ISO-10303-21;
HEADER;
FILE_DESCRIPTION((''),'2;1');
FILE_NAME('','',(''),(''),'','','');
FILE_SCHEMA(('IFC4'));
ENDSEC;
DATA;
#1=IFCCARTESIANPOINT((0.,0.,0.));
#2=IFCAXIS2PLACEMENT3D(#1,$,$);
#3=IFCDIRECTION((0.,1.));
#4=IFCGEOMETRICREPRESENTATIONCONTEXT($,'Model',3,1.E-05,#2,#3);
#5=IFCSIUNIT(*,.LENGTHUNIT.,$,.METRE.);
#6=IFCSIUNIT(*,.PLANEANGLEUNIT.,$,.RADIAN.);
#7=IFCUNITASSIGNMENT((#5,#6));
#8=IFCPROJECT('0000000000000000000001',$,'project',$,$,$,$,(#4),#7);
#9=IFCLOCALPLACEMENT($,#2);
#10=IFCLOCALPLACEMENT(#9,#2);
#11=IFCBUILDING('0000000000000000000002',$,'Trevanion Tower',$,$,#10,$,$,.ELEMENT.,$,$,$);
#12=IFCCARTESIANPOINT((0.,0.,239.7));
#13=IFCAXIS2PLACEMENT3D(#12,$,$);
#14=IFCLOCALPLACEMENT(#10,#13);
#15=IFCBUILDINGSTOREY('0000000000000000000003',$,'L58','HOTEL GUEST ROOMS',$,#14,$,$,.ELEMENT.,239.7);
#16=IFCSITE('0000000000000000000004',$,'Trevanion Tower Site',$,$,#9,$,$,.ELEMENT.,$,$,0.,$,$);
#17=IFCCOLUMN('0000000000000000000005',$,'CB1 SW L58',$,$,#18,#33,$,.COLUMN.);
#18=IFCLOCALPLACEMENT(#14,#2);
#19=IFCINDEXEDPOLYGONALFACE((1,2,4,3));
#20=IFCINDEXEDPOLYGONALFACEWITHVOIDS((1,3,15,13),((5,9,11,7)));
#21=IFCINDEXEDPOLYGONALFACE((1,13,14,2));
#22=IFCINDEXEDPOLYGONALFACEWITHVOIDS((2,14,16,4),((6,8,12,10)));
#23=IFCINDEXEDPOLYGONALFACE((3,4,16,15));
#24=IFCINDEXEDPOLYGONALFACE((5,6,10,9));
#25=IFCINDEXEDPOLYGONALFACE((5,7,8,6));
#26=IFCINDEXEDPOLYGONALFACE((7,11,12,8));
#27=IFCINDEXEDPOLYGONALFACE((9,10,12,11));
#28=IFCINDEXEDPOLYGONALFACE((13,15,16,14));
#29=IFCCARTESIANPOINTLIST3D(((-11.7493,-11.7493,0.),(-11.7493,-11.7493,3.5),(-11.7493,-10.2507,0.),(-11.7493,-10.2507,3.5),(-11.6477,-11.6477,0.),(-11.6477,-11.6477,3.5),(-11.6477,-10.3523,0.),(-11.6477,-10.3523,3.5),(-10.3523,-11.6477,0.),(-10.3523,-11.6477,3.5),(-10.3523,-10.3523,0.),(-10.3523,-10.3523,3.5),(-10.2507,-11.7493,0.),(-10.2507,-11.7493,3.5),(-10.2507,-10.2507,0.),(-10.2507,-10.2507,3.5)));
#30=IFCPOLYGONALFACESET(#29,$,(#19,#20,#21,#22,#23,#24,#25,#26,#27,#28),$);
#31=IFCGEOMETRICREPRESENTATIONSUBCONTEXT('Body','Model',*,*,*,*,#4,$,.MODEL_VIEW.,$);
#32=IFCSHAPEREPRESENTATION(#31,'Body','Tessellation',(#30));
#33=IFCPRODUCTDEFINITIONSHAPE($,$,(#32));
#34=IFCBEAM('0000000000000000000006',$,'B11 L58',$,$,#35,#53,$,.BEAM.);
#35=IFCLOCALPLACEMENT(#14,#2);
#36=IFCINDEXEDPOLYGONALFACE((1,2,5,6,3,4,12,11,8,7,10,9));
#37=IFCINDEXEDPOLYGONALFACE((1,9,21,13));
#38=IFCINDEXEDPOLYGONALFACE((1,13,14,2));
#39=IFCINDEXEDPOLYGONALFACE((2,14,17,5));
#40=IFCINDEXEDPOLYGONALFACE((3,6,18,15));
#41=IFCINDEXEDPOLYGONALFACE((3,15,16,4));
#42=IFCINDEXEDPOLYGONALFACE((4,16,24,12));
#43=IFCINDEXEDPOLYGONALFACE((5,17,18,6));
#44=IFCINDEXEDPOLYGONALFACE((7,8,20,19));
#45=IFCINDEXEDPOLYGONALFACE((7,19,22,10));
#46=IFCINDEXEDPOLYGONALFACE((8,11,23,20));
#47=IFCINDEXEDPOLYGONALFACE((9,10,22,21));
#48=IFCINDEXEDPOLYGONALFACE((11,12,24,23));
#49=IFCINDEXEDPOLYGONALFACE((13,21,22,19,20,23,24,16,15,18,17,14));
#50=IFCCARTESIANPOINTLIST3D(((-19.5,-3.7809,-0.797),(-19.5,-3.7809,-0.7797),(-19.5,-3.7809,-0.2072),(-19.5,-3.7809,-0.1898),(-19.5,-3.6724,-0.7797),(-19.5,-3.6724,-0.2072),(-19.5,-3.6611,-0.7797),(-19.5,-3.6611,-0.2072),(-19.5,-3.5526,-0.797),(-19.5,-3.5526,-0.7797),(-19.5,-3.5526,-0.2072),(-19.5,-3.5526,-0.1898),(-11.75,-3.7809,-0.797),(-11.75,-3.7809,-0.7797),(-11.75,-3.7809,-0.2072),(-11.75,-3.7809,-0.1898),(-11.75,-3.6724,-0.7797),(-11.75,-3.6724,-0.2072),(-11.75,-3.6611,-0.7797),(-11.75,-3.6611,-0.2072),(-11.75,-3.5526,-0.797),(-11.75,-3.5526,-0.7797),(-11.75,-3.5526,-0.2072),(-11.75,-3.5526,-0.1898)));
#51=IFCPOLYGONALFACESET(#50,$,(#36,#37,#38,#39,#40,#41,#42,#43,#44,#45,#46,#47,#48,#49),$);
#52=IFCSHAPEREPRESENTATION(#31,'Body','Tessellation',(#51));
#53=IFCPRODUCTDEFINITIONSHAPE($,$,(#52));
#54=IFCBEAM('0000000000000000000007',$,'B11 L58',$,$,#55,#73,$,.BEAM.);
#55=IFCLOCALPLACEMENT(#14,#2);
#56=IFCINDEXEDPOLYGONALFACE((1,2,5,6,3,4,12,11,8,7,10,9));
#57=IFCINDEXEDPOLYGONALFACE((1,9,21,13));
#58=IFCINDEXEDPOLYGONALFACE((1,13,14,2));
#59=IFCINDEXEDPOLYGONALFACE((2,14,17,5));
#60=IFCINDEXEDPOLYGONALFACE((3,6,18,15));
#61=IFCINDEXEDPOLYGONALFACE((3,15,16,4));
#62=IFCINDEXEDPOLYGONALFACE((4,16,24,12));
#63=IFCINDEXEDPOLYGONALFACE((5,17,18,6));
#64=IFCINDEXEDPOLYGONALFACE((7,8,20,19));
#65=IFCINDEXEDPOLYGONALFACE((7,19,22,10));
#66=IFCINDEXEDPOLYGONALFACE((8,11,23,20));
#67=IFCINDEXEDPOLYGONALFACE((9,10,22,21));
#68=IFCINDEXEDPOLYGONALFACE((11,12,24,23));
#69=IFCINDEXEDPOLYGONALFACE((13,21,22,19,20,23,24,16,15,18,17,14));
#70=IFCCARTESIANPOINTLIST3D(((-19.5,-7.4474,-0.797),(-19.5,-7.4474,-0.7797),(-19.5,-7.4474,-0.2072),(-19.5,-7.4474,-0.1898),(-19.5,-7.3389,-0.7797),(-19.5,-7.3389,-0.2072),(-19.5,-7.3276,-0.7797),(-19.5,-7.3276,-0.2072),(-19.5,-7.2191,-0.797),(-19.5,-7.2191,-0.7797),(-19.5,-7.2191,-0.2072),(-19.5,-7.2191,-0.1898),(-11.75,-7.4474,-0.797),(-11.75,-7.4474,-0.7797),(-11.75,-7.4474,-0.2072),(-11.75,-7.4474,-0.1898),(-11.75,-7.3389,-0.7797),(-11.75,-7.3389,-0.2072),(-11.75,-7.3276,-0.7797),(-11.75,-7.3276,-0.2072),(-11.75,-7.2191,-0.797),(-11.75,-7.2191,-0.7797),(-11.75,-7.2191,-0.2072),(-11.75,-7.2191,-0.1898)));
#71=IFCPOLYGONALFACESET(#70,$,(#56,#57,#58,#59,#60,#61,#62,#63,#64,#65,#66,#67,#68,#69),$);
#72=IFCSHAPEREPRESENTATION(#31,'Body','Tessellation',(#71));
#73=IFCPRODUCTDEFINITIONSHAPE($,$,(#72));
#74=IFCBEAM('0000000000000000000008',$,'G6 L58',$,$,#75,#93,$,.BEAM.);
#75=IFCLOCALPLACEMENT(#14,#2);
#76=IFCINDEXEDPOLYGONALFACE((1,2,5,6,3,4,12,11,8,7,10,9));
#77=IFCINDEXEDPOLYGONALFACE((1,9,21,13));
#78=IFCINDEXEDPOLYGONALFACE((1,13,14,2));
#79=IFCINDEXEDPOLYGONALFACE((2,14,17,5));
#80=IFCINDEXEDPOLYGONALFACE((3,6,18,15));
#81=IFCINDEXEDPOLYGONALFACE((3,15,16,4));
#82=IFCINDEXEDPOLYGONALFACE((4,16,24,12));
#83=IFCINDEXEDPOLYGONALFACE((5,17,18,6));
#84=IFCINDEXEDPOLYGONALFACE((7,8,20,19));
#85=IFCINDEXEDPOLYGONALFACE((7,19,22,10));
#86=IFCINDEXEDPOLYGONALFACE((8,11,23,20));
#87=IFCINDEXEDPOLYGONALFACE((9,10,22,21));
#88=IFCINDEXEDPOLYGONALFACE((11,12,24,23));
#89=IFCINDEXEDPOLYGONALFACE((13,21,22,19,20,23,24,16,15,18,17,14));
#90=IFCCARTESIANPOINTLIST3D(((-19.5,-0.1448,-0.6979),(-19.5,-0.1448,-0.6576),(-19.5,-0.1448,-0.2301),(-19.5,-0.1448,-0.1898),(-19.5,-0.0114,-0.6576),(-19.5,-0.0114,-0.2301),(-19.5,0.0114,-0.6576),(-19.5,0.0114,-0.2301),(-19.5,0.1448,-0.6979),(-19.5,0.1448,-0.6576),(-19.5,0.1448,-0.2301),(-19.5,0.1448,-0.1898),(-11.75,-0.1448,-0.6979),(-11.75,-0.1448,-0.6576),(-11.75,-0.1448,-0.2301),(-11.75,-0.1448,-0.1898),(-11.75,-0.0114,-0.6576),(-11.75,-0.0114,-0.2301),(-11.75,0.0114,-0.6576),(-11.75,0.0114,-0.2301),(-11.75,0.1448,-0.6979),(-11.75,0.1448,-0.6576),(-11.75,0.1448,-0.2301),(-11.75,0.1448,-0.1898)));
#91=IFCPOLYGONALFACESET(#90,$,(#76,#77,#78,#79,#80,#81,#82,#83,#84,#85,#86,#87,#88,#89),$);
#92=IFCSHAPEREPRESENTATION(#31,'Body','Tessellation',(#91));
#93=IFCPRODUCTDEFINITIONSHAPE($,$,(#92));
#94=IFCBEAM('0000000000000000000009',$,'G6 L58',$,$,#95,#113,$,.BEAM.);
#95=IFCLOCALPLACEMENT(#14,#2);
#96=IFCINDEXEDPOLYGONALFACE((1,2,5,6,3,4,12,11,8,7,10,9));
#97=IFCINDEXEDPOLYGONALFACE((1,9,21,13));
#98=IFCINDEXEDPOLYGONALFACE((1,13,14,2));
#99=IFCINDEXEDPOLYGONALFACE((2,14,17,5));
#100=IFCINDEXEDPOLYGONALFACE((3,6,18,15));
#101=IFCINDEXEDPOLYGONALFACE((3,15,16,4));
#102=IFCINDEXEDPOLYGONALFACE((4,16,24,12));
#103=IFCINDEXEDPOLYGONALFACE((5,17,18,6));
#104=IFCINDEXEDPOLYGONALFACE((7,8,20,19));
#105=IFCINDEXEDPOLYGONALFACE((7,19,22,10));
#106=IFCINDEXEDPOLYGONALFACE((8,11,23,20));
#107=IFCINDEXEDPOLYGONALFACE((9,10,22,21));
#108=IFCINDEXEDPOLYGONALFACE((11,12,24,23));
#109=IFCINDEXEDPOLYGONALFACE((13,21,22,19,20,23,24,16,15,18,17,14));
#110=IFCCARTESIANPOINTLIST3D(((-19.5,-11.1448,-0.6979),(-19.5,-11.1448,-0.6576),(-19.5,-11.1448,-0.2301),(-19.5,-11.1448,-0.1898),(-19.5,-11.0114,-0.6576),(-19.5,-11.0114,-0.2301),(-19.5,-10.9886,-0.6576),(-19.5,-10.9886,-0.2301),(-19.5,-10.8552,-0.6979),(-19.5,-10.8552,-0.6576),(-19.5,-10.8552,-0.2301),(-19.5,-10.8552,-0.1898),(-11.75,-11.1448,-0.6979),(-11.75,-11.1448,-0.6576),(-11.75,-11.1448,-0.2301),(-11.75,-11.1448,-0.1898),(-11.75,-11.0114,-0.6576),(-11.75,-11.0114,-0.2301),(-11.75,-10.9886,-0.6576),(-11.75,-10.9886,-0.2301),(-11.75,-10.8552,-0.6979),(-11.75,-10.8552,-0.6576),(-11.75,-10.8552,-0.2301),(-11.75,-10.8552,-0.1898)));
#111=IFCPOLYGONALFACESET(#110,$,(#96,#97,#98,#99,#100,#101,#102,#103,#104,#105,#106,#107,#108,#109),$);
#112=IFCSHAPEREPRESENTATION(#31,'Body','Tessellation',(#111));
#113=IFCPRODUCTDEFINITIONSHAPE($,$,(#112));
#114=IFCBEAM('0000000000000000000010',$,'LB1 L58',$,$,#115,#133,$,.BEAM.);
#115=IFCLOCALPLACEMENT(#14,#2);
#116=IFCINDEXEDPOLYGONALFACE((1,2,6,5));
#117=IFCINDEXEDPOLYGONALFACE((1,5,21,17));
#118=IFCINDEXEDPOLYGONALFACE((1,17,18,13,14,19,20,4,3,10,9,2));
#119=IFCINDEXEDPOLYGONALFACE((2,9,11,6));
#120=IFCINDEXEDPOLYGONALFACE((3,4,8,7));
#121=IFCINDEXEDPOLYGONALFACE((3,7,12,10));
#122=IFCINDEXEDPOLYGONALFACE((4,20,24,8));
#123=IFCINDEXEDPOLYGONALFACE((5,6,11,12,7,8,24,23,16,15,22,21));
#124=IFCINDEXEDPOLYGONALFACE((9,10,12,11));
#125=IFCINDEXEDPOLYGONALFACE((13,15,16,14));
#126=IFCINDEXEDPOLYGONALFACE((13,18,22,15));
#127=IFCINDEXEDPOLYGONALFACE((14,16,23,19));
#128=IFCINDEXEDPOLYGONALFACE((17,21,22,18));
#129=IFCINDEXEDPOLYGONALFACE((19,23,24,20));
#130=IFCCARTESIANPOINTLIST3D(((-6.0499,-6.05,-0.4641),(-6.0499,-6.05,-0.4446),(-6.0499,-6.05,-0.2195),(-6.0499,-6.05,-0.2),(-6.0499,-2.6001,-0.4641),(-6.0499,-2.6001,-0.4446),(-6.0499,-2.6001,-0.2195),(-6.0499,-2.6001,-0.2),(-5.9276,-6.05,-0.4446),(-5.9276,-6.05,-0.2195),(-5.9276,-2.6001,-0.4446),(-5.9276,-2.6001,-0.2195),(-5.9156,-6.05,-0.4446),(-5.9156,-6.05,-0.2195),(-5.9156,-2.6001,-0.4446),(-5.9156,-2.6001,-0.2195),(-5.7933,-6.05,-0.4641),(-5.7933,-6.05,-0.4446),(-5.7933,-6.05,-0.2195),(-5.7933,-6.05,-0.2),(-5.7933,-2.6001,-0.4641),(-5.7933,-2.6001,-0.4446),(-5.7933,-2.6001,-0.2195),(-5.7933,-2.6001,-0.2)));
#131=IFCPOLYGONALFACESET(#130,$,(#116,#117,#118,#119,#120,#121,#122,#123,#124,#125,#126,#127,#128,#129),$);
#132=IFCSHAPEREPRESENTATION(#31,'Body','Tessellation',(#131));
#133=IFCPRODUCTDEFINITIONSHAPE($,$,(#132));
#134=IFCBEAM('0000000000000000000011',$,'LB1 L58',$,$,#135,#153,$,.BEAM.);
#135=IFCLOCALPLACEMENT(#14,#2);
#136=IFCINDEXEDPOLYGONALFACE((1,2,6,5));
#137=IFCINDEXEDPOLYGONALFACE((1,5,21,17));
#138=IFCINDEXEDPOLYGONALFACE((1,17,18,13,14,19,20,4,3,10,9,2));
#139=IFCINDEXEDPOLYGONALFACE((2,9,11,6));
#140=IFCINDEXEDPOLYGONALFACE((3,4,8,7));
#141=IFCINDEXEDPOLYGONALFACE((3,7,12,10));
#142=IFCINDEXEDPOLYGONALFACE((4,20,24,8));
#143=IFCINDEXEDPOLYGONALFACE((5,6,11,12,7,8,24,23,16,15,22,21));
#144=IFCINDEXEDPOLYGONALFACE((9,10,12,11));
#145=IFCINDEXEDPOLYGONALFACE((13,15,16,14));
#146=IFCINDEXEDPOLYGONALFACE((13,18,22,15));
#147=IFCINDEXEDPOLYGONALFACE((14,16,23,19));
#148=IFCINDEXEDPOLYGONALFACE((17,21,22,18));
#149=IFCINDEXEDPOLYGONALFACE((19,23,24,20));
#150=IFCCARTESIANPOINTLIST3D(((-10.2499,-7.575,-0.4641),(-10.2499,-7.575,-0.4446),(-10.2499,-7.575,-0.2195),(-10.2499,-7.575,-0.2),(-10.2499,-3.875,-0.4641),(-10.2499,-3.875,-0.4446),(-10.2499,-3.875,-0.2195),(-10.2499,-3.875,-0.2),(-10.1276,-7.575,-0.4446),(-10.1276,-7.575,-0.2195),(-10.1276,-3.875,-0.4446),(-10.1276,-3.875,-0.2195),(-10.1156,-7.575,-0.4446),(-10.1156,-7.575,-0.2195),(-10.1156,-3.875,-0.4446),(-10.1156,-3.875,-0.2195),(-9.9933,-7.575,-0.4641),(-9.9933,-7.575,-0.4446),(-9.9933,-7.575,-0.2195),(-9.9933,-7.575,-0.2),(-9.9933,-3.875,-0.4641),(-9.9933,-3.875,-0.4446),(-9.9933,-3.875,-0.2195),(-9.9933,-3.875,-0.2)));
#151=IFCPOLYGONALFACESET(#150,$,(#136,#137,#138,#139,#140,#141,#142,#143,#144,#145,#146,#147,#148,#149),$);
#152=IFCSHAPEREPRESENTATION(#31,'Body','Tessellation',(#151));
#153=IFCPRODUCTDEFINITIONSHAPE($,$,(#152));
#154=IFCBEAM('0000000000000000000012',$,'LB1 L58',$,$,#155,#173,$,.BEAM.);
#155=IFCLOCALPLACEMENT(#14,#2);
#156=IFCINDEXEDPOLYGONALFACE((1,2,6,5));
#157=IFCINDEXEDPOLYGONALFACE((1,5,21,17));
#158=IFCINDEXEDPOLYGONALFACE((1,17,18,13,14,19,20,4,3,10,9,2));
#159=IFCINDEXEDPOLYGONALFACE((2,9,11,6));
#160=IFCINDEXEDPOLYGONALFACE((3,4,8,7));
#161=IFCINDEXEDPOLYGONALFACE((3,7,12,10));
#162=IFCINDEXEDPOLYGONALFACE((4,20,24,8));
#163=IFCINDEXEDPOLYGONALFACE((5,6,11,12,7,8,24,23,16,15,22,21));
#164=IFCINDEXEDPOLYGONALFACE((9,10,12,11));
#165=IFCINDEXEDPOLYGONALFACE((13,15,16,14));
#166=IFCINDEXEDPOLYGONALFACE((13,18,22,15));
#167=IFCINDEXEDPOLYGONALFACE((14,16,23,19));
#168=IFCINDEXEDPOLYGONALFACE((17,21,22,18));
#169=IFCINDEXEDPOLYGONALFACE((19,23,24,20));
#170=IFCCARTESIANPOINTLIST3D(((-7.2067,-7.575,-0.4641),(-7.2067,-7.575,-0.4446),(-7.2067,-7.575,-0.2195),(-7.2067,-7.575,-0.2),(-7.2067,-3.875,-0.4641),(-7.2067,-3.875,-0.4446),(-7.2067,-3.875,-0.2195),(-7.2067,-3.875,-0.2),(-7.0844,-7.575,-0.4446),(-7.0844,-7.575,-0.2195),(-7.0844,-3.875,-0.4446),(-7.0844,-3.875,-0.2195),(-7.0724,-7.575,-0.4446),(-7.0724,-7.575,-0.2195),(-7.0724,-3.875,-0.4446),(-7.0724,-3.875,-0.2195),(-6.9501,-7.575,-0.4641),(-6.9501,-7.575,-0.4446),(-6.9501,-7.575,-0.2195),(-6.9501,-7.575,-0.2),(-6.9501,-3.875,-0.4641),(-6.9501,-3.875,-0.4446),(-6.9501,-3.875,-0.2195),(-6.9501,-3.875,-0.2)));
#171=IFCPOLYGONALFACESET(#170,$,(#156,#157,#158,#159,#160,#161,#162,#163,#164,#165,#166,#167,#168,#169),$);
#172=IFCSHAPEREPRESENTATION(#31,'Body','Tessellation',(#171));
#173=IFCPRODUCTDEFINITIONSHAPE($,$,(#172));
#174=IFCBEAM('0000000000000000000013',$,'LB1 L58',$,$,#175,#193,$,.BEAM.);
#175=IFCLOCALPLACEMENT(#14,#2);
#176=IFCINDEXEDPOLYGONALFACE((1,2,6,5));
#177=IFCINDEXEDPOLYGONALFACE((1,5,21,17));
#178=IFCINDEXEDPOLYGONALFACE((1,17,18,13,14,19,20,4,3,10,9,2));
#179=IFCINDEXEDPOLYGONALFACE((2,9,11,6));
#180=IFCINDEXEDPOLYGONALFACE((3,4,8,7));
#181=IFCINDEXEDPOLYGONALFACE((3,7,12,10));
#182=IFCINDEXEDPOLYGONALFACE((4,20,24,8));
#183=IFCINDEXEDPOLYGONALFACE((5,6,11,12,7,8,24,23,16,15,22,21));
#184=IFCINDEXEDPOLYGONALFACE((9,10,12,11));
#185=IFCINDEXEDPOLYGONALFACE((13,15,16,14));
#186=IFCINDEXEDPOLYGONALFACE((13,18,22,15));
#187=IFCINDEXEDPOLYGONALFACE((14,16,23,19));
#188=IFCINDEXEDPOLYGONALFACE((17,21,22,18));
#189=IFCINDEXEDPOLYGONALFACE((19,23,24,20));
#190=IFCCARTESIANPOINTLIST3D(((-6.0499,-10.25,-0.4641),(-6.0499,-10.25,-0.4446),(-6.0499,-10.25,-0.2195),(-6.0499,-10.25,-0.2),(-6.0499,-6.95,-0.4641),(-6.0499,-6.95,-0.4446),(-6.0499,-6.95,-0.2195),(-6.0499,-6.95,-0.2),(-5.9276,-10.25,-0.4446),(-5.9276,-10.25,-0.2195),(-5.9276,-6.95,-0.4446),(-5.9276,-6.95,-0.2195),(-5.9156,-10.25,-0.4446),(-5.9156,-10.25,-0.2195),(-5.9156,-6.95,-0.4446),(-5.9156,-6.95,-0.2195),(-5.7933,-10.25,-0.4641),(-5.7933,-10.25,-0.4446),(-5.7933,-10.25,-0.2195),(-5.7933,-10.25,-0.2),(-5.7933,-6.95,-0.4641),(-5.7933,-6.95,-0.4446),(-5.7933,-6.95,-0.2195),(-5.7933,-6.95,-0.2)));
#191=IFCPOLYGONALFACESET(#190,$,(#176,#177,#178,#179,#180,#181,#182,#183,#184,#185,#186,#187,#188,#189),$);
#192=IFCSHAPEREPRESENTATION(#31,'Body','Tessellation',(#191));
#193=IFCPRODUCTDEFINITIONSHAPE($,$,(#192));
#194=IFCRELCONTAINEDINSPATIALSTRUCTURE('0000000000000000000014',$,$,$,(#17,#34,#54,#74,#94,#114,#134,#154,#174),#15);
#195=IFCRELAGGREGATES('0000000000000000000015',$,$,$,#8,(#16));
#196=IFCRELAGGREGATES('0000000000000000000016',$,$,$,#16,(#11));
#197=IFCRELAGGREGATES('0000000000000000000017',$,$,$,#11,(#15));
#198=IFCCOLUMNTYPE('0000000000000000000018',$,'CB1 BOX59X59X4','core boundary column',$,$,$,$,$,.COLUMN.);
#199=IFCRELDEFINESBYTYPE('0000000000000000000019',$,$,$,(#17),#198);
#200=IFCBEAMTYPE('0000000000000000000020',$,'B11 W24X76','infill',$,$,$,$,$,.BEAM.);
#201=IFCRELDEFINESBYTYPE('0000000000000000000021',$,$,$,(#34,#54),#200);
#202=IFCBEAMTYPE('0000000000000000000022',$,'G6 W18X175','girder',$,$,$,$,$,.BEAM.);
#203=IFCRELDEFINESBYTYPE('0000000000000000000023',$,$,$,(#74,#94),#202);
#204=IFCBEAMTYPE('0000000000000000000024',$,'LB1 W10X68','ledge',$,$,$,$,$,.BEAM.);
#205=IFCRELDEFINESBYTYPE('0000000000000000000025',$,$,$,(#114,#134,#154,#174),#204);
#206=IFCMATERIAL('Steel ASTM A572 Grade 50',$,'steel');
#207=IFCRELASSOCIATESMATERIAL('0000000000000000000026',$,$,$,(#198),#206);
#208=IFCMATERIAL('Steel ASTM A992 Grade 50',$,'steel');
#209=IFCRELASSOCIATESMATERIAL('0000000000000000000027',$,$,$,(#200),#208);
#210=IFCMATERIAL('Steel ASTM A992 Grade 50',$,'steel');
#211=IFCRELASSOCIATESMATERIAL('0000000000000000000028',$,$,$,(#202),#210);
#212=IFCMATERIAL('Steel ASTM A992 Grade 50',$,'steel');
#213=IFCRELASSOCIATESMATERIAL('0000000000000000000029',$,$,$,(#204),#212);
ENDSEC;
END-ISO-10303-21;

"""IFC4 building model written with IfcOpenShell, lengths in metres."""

from ifc_helpers import new_model, si_unit, direction, frame, origin, origin_2d, place, context, subcontext, project, spatial, hollow_rectangle, i_section, extrude, material, material_profile, profile_set, type_object, element, save


model = new_model("IFC4")

# Units and contexts
model_context = context("Model", 3, precision=1e-05, world=origin(), true_north=direction((0.0, 1.0)))
body_context = subcontext(model_context, "Body", "Model", "MODEL_VIEW")
ifc_project = project(units=[si_unit("LENGTHUNIT", "METRE"), si_unit("PLANEANGLEUNIT", "RADIAN")], contexts=[model_context])

# Site, building, storey
site_placement = place(None, origin())
site = spatial("IfcSite", under=ifc_project, at=site_placement, Name="Trevanion Tower Site", CompositionType="ELEMENT", RefElevation=0.0)
building_placement = place(site_placement, origin())
building = spatial("IfcBuilding", under=site, at=building_placement, Name="Trevanion Tower", CompositionType="ELEMENT")
storey_placement = place(building_placement, frame((0.0, 0.0, 239.7)))
storey = spatial("IfcBuildingStorey", under=building, at=storey_placement, Name="L58", Description="HOTEL GUEST ROOMS", CompositionType="ELEMENT", Elevation=239.7)

# Column
ifc_material_1 = material(Name="Steel ASTM A572 Grade 50", Category="steel")
ifc_material_profile_1 = material_profile(ifc_material_1, hollow_rectangle(XDim=1.4985, YDim=1.4985, WallThickness=0.1016, at=origin_2d()), Name="BOX59X59X4")
ifc_profile_set_1 = profile_set([ifc_material_profile_1], Name="Steel ASTM A572 Grade 50")
column_type = type_object("IfcColumnType", Name="CB1 BOX59X59X4", Description="core boundary column", PredefinedType="COLUMN", material=ifc_profile_set_1)
column_placement = place(storey_placement, frame((-11.0, -11.0, 0.0), z_axis=(0.0, 0.0, 1.0), x_axis=(1.0, 0.0, 0.0)))
element("IfcColumn", 1, at=column_placement, inside=storey, type_object=column_type, Name="CB1 SW L58", PredefinedType="COLUMN", context=body_context, shape_type="SweptSolid", body=[
    extrude(hollow_rectangle(XDim=1.4985, YDim=1.4985, WallThickness=0.1016, at=origin_2d()), origin(), (0.0, 0.0, 1.0), 3.5),
])

# Beams
ifc_material_2 = material(Name="Steel ASTM A992 Grade 50", Category="steel")
ifc_material_profile_2 = material_profile(ifc_material_2, i_section(OverallWidth=0.2283, OverallDepth=0.6072, WebThickness=0.0112, FlangeThickness=0.0173, at=origin_2d()), Name="W24X76")
ifc_profile_set_2 = profile_set([ifc_material_profile_2], Name="Steel ASTM A992 Grade 50")
beam_type_1 = type_object("IfcBeamType", Name="B11 W24X76", Description="infill", PredefinedType="BEAM", material=ifc_profile_set_2)
for number, where, z_axis, x_axis, name in (
    (2, (-11.75, -3.6667, -0.4934), (-1.0, 0.0, 0.0), (0.0, -1.0, 0.0), "B11 L58"),
    (3, (-11.75, -7.3333, -0.4934), (-1.0, 0.0, 0.0), (0.0, -1.0, 0.0), "B11 L58"),
):
    element("IfcBeam", number, at=place(storey_placement, frame(where, z_axis=z_axis, x_axis=x_axis)), inside=storey, type_object=beam_type_1, Name=name, PredefinedType="BEAM", context=body_context, shape_type="SweptSolid", body=[
        extrude(i_section(OverallWidth=0.2283, OverallDepth=0.6072, WebThickness=0.0112, FlangeThickness=0.0173, at=origin_2d()), origin(), (0.0, 0.0, 1.0), 7.75),
    ])
ifc_material_3 = material(Name="Steel ASTM A992 Grade 50", Category="steel")
ifc_material_profile_3 = material_profile(ifc_material_3, i_section(OverallWidth=0.2896, OverallDepth=0.5081, WebThickness=0.0227, FlangeThickness=0.0403, at=origin_2d()), Name="W18X175")
ifc_profile_set_3 = profile_set([ifc_material_profile_3], Name="Steel ASTM A992 Grade 50")
beam_type_2 = type_object("IfcBeamType", Name="G6 W18X175", Description="girder", PredefinedType="BEAM", material=ifc_profile_set_3)
for number, where, z_axis, x_axis, name in (
    (4, (-11.75, 0.0, -0.4438), (-1.0, 0.0, 0.0), (0.0, -1.0, 0.0), "G6 L58"),
    (5, (-11.75, -11.0, -0.4438), (-1.0, 0.0, 0.0), (0.0, -1.0, 0.0), "G6 L58"),
):
    element("IfcBeam", number, at=place(storey_placement, frame(where, z_axis=z_axis, x_axis=x_axis)), inside=storey, type_object=beam_type_2, Name=name, PredefinedType="BEAM", context=body_context, shape_type="SweptSolid", body=[
        extrude(i_section(OverallWidth=0.2896, OverallDepth=0.5081, WebThickness=0.0227, FlangeThickness=0.0403, at=origin_2d()), origin(), (0.0, 0.0, 1.0), 7.75),
    ])
ifc_material_4 = material(Name="Steel ASTM A992 Grade 50", Category="steel")
ifc_material_profile_4 = material_profile(ifc_material_4, i_section(OverallWidth=0.2566, OverallDepth=0.2642, WebThickness=0.012, FlangeThickness=0.0195, at=origin_2d()), Name="W10X68")
ifc_profile_set_4 = profile_set([ifc_material_profile_4], Name="Steel ASTM A992 Grade 50")
beam_type_3 = type_object("IfcBeamType", Name="LB1 W10X68", Description="ledge", PredefinedType="BEAM", material=ifc_profile_set_4)
beam_1_placement = place(storey_placement, frame((-5.9216, -6.05, -0.332), z_axis=(0.0, 1.0, 0.0), x_axis=(-1.0, 0.0, 0.0)))
element("IfcBeam", 6, at=beam_1_placement, inside=storey, type_object=beam_type_3, Name="LB1 L58", PredefinedType="BEAM", context=body_context, shape_type="SweptSolid", body=[
    extrude(i_section(OverallWidth=0.2566, OverallDepth=0.2642, WebThickness=0.012, FlangeThickness=0.0195, at=origin_2d()), origin(), (0.0, 0.0, 1.0), 3.45),
])
for number, where, z_axis, x_axis, name in (
    (7, (-10.1216, -7.575, -0.332), (0.0, 1.0, 0.0), (-1.0, 0.0, 0.0), "LB1 L58"),
    (8, (-7.0784, -7.575, -0.332), (0.0, 1.0, 0.0), (-1.0, 0.0, 0.0), "LB1 L58"),
):
    element("IfcBeam", number, at=place(storey_placement, frame(where, z_axis=z_axis, x_axis=x_axis)), inside=storey, type_object=beam_type_3, Name=name, PredefinedType="BEAM", context=body_context, shape_type="SweptSolid", body=[
        extrude(i_section(OverallWidth=0.2566, OverallDepth=0.2642, WebThickness=0.012, FlangeThickness=0.0195, at=origin_2d()), origin(), (0.0, 0.0, 1.0), 3.7),
    ])
beam_2_placement = place(storey_placement, frame((-5.9216, -10.25, -0.332), z_axis=(0.0, 1.0, 0.0), x_axis=(-1.0, 0.0, 0.0)))
element("IfcBeam", 9, at=beam_2_placement, inside=storey, type_object=beam_type_3, Name="LB1 L58", PredefinedType="BEAM", context=body_context, shape_type="SweptSolid", body=[
    extrude(i_section(OverallWidth=0.2566, OverallDepth=0.2642, WebThickness=0.012, FlangeThickness=0.0195, at=origin_2d()), origin(), (0.0, 0.0, 1.0), 3.3),
])

save(model, "model.ifc")
